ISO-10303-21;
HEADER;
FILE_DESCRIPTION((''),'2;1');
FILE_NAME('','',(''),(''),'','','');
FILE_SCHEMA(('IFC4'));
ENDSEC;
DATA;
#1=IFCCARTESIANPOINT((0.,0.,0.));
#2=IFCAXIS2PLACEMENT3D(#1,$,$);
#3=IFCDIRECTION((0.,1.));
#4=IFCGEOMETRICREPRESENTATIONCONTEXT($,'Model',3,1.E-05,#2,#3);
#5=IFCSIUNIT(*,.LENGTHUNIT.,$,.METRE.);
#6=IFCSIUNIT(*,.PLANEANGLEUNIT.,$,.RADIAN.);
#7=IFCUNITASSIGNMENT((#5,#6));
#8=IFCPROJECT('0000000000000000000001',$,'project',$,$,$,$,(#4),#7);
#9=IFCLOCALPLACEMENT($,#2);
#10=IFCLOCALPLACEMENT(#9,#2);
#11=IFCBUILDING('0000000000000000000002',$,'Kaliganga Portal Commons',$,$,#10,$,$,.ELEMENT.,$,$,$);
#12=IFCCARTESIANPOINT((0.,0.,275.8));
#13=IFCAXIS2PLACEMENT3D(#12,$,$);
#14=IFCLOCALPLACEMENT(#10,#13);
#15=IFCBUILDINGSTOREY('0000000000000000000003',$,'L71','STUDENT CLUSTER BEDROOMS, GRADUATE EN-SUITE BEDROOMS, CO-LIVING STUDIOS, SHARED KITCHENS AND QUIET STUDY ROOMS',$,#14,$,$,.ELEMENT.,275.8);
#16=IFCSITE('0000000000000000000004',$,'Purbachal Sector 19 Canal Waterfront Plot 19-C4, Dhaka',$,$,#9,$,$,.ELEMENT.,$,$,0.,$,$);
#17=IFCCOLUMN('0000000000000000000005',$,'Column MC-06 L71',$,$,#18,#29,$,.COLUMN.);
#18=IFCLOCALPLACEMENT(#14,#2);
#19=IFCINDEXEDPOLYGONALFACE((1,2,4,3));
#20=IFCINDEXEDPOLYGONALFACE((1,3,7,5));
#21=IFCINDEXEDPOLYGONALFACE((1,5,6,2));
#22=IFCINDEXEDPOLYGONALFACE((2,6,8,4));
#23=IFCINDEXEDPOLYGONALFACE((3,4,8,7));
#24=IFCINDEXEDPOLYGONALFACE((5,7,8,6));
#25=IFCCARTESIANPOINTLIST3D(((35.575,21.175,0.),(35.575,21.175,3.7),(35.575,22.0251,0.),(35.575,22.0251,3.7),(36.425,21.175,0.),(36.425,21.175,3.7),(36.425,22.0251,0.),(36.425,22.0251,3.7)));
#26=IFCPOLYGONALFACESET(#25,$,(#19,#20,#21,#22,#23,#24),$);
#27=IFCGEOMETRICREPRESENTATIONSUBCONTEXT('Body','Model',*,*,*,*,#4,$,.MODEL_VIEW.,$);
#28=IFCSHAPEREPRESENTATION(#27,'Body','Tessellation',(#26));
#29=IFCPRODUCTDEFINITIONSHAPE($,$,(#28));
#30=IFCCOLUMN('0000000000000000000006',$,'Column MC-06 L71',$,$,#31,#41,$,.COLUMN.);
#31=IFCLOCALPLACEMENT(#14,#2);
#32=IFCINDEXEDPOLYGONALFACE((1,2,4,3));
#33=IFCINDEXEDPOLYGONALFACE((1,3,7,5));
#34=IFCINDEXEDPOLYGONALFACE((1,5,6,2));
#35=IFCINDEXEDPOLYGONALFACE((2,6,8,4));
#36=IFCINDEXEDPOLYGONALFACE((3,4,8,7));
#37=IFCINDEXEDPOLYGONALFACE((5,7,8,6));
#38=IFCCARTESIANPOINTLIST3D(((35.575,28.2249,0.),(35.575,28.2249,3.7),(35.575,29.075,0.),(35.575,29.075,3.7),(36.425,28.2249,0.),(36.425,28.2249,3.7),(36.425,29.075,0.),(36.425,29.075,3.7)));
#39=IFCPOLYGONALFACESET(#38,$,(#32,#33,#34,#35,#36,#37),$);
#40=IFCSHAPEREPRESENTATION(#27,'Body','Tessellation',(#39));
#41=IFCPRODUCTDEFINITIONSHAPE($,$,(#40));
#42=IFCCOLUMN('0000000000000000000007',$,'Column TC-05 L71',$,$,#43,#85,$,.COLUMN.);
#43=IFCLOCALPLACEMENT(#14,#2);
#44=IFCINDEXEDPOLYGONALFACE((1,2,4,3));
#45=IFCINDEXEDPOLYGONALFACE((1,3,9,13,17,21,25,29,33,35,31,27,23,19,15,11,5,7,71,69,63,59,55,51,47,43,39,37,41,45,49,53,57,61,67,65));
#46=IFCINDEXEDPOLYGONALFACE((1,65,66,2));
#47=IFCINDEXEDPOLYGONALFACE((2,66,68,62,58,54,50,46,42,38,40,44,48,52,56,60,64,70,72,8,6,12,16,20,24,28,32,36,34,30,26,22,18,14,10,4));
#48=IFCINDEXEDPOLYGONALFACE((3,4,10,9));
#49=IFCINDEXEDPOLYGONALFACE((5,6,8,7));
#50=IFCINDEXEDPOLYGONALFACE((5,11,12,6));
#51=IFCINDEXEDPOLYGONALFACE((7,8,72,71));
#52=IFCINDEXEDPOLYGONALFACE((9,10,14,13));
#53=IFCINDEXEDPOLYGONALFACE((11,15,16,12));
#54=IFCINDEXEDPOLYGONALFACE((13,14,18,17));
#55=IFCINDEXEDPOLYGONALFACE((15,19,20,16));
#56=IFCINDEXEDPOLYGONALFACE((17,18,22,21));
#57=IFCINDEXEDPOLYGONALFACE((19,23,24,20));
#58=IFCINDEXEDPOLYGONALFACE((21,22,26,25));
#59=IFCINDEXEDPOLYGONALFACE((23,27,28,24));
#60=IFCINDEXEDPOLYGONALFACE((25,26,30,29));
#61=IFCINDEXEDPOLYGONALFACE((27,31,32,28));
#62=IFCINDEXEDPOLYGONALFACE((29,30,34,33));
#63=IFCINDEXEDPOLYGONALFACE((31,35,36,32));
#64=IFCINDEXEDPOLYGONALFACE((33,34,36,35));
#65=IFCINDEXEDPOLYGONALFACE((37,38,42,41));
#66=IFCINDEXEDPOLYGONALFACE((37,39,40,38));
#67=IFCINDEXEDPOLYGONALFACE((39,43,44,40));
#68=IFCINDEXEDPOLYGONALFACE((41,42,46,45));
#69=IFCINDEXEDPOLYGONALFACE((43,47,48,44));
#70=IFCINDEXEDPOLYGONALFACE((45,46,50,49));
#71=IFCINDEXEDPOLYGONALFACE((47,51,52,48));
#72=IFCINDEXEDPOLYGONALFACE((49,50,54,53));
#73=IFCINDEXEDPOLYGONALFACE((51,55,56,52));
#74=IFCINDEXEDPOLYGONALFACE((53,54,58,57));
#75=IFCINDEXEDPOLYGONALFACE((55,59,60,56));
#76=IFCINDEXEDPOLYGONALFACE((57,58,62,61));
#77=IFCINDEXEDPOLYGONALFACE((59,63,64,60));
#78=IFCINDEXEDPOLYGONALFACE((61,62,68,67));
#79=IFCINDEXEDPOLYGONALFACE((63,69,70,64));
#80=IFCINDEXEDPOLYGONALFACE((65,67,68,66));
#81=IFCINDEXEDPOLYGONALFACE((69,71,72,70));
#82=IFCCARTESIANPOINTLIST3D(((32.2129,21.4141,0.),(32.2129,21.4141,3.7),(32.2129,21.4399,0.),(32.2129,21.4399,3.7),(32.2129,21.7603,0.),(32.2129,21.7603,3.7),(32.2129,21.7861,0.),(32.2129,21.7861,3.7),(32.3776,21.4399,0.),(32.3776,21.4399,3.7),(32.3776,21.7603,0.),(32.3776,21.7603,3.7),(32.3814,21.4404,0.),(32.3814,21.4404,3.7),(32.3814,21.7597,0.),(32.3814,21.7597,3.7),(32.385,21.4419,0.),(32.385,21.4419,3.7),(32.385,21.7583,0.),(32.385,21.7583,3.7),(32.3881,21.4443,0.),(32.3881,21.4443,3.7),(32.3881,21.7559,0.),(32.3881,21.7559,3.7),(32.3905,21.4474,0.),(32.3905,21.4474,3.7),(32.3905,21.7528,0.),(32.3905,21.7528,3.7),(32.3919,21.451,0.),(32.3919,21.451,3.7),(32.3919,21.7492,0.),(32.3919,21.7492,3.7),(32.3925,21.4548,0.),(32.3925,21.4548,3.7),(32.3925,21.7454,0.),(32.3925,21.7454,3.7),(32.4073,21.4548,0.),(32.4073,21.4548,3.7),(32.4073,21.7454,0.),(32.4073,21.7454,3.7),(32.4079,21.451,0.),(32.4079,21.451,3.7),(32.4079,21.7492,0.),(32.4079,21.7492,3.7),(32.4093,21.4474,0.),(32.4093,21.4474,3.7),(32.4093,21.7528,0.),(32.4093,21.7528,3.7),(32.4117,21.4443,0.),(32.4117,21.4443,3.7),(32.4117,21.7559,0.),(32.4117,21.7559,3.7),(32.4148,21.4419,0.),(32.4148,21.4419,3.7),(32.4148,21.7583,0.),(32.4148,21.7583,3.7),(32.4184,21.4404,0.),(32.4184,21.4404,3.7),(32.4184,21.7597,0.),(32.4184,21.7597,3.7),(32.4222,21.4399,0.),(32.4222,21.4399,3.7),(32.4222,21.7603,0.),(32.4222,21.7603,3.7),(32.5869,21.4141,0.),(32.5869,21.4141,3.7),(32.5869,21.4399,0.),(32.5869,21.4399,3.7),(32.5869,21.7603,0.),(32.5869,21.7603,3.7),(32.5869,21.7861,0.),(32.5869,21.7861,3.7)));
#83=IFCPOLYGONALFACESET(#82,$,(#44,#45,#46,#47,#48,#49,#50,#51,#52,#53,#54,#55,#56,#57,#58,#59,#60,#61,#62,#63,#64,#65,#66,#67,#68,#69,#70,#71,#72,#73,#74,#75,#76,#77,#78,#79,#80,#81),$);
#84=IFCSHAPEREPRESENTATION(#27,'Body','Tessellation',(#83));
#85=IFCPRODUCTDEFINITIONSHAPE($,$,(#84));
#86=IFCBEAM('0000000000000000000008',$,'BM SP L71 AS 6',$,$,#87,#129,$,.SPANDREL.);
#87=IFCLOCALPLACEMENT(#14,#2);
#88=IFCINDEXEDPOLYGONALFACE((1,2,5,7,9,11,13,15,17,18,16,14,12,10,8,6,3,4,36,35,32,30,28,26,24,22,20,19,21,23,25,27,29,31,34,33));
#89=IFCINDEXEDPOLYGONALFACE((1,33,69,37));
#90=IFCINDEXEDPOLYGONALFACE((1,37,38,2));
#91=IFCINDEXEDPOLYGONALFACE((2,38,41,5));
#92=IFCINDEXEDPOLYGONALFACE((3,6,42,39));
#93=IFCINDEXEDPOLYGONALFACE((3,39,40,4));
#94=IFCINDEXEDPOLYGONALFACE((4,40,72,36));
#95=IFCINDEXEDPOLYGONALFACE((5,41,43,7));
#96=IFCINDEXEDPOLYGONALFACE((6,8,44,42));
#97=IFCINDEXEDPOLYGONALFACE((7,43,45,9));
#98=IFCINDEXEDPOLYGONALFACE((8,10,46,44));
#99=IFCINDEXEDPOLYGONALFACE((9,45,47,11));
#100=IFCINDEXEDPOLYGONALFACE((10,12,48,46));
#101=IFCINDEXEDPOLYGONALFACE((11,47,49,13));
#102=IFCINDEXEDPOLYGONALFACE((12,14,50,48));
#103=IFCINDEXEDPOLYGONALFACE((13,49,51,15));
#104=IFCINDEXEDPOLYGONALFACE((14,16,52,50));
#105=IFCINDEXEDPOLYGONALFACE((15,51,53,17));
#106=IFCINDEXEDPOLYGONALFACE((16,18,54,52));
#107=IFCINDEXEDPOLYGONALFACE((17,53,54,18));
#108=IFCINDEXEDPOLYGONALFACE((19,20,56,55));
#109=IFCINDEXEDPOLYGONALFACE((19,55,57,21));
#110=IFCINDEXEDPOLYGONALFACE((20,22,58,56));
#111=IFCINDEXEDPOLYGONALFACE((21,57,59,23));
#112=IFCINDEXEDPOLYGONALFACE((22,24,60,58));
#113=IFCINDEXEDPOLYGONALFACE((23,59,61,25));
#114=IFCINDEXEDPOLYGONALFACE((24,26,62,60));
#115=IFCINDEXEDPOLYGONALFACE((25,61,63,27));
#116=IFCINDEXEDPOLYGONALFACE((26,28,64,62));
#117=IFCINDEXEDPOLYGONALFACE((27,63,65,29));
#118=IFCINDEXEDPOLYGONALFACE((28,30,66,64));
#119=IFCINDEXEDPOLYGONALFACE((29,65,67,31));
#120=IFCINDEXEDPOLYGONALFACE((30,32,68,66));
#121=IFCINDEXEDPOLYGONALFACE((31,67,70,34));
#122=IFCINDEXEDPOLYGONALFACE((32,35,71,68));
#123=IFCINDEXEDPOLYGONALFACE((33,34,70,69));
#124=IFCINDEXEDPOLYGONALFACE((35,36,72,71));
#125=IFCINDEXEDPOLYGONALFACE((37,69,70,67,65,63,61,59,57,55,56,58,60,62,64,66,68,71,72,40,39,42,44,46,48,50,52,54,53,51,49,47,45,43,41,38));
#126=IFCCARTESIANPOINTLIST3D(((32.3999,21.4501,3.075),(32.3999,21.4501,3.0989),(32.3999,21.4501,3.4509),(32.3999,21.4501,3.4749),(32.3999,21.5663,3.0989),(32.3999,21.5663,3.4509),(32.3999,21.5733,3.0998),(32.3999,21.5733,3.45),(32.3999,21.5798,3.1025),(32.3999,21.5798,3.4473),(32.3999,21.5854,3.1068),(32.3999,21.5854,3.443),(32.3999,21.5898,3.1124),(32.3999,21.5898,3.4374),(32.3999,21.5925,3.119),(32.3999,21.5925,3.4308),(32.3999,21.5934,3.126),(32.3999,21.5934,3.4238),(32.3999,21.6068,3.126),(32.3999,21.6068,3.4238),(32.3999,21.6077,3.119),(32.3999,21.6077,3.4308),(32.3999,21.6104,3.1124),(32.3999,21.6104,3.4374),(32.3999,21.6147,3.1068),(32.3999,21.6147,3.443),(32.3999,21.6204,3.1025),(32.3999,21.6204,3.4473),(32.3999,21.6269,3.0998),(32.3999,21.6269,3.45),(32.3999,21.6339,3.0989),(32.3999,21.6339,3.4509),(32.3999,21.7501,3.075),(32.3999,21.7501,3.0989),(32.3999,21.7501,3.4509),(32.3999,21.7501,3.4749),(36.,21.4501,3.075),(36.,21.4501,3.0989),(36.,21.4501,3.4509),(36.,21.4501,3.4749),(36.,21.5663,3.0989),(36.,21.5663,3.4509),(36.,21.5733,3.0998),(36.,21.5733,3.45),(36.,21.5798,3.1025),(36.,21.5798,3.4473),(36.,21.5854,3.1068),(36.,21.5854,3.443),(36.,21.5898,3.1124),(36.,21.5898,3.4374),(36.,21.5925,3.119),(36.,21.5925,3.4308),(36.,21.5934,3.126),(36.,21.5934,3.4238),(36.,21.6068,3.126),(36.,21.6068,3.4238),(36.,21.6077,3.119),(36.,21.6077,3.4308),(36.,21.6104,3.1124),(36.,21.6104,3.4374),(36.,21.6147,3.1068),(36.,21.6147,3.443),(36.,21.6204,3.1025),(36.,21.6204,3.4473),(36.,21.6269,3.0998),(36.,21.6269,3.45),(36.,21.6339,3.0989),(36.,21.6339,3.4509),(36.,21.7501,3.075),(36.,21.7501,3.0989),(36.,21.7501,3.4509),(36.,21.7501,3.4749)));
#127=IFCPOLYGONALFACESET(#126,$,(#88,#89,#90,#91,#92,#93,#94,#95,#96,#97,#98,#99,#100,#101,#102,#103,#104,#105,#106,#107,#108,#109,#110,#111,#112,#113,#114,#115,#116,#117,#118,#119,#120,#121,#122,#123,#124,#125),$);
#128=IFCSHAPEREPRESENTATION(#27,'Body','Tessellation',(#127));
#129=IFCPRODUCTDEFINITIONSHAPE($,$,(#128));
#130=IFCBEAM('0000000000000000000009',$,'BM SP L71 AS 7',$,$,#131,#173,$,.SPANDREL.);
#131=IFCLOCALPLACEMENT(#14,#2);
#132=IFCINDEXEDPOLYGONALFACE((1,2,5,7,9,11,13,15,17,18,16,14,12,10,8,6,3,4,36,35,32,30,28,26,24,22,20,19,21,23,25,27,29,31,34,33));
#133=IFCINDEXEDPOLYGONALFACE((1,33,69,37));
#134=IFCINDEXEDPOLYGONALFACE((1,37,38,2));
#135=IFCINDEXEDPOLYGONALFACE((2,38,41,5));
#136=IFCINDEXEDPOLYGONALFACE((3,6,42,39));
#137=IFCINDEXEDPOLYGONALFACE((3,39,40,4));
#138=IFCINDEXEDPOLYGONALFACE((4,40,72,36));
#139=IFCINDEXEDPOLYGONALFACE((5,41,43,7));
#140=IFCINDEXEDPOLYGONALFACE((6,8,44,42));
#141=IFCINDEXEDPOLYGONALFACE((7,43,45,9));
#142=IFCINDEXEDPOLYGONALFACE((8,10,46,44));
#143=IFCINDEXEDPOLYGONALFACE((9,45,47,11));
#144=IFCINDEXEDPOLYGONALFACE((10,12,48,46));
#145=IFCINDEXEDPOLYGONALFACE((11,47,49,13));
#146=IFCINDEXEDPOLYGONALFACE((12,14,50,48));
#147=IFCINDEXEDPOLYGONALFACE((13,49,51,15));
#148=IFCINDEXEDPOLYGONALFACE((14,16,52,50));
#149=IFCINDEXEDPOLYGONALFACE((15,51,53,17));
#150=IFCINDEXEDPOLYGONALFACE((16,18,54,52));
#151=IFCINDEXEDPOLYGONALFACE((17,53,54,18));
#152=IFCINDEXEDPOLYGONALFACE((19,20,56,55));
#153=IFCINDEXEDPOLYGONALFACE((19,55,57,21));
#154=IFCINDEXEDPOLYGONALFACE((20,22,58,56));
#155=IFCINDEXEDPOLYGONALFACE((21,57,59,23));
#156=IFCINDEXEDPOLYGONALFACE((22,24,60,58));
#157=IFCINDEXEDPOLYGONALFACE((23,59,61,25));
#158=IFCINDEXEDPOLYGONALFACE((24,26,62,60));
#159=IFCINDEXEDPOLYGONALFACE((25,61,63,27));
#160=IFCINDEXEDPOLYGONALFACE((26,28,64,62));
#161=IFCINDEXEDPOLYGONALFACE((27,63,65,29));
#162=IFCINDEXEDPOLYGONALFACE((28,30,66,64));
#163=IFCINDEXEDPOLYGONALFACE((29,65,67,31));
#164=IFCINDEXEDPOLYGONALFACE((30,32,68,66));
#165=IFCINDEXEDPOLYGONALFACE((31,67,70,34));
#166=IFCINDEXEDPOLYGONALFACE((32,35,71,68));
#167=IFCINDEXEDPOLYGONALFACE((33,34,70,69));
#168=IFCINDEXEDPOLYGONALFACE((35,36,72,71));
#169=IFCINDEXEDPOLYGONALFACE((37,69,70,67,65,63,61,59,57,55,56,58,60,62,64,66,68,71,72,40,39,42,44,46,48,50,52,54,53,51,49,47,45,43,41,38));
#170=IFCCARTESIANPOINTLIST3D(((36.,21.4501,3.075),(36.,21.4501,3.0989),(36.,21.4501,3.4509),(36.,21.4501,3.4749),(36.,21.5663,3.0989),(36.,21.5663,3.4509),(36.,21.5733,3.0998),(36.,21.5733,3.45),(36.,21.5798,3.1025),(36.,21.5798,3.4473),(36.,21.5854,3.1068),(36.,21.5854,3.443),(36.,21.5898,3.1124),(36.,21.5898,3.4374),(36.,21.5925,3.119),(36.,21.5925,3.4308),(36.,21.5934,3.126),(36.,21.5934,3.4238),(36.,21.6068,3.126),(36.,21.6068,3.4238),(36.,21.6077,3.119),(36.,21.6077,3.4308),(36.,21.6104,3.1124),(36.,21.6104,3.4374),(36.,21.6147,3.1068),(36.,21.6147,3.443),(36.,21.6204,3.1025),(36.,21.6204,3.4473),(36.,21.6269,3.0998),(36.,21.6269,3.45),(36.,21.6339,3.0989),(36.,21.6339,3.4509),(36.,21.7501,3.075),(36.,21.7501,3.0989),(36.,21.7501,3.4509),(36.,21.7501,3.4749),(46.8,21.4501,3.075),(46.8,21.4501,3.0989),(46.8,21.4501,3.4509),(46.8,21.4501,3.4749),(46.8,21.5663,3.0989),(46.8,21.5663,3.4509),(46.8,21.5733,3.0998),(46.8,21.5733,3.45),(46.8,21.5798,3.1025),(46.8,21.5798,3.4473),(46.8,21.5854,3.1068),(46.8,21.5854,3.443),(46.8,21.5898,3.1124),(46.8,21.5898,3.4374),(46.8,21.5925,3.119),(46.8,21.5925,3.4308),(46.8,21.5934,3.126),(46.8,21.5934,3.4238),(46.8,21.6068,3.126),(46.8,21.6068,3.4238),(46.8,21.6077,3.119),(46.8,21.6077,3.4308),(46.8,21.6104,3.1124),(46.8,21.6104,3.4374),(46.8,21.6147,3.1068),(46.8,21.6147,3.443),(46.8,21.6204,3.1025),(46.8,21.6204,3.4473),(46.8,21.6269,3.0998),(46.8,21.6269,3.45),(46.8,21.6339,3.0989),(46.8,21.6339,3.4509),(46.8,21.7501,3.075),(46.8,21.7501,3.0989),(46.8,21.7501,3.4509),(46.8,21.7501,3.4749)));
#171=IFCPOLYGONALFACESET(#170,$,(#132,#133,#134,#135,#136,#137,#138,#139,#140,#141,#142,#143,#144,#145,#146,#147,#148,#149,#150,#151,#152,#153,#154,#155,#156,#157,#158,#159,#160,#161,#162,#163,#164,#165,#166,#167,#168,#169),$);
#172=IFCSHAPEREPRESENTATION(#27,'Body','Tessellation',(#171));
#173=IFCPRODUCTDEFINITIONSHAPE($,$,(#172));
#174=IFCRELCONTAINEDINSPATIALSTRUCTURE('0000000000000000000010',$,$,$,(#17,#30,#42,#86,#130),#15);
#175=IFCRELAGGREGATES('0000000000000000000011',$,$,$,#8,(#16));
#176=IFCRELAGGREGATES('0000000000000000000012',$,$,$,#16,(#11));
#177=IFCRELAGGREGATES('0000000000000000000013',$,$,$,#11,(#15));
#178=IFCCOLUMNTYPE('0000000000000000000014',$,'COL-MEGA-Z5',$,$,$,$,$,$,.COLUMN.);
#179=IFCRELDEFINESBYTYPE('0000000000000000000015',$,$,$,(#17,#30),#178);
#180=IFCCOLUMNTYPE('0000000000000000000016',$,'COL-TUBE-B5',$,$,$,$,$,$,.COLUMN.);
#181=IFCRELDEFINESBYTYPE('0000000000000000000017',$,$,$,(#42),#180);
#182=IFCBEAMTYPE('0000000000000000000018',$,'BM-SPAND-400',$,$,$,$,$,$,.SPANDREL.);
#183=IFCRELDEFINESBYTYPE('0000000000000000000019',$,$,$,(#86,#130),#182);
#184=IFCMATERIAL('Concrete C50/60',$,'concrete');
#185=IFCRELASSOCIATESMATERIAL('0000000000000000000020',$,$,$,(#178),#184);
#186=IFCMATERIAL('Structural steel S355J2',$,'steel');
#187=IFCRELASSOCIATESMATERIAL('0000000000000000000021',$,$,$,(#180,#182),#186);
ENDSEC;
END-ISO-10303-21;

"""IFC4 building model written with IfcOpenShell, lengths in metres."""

from ifc_helpers import new_model, si_unit, direction, frame, origin, origin_2d, place, context, subcontext, project, spatial, rectangle, i_section, extrude, source, transform, mapped, material, material_profile, profile_set, type_object, element, save


model = new_model("IFC4")

# Units and contexts
model_context = context("Model", 3, precision=1e-05, world=origin(), true_north=direction((0.0, 1.0)))
body_context = subcontext(model_context, "Body", "Model", "MODEL_VIEW")
ifc_project = project(units=[si_unit("LENGTHUNIT", "METRE"), si_unit("PLANEANGLEUNIT", "RADIAN")], contexts=[model_context])

# Site, building, storey
site_placement = place(None, origin())
site = spatial("IfcSite", under=ifc_project, at=site_placement, Name="Purbachal Sector 19 Canal Waterfront Plot 19-C4, Dhaka", CompositionType="ELEMENT", RefElevation=0.0)
building_placement = place(site_placement, origin())
building = spatial("IfcBuilding", under=site, at=building_placement, Name="Kaliganga Portal Commons", CompositionType="ELEMENT")
storey_placement = place(building_placement, frame((0.0, 0.0, 275.8)))
storey = spatial("IfcBuildingStorey", under=building, at=storey_placement, Name="L71", Description="STUDENT CLUSTER BEDROOMS, GRADUATE EN-SUITE BEDROOMS, CO-LIVING STUDIOS, SHARED KITCHENS AND QUIET STUDY ROOMS", CompositionType="ELEMENT", Elevation=275.8)

# Columns
ifc_material_1 = material(Name="Concrete C50/60", Category="concrete")
ifc_material_profile_1 = material_profile(ifc_material_1, rectangle(XDim=0.8501, YDim=0.8501, at=origin_2d()), Name="RC 850x850")
ifc_profile_set_1 = profile_set([ifc_material_profile_1], Name="Concrete C50/60")
column_type_1 = type_object("IfcColumnType", Name="COL-MEGA-Z5", PredefinedType="COLUMN", material=ifc_profile_set_1)
shared_shape_1 = source(origin(), body_context, "Body", "SweptSolid", [
    extrude(rectangle(XDim=0.8501, YDim=0.8501, at=origin_2d()), origin(), (0.0, 0.0, 1.0), 3.7),
])
for number, where, z_axis, x_axis, name in (
    (1, (36.0, 21.6001, 0.0), (0.0, 0.0, 1.0), (1.0, 0.0, 0.0), "Column MC-06 L71"),
    (2, (36.0, 28.6499, 0.0), (0.0, 0.0, 1.0), (1.0, 0.0, 0.0), "Column MC-06 L71"),
):
    element("IfcColumn", number, at=place(storey_placement, frame(where, z_axis=z_axis, x_axis=x_axis)), inside=storey, type_object=column_type_1, Name=name, PredefinedType="COLUMN", context=body_context, shape_type="MappedRepresentation", body=[
        mapped(shared_shape_1, transform((0.0, 0.0, 0.0), x_axis=(1.0, 0.0, 0.0), y_axis=(0.0, 1.0, 0.0), z_axis=(0.0, 0.0, 1.0), scale=1.0)),
    ])
ifc_material_2 = material(Name="Structural steel S355J2", Category="steel")
ifc_material_profile_2 = material_profile(ifc_material_2, i_section(OverallWidth=0.374, OverallDepth=0.3721, WebThickness=0.0149, FlangeThickness=0.0259, FilletRadius=0.0149, at=origin_2d()), Name="HD 360x196")
ifc_profile_set_2 = profile_set([ifc_material_profile_2], Name="Structural steel S355J2 wide-flange")
column_type_2 = type_object("IfcColumnType", Name="COL-TUBE-B5", PredefinedType="COLUMN", material=ifc_profile_set_2)
shared_shape_2 = source(origin(), body_context, "Body", "SweptSolid", [
    extrude(i_section(OverallWidth=0.374, OverallDepth=0.3721, WebThickness=0.0149, FlangeThickness=0.0259, FilletRadius=0.0149, at=origin_2d()), origin(), (0.0, 0.0, 1.0), 3.7),
])
column_placement = place(storey_placement, frame((32.3999, 21.6001, 0.0), z_axis=(0.0, 0.0, 1.0), x_axis=(1.0, 0.0, 0.0)))
element("IfcColumn", 3, at=column_placement, inside=storey, type_object=column_type_2, Name="Column TC-05 L71", PredefinedType="COLUMN", context=body_context, shape_type="MappedRepresentation", body=[
    mapped(shared_shape_2, transform((0.0, 0.0, 0.0), x_axis=(1.0, 0.0, 0.0), y_axis=(0.0, 1.0, 0.0), z_axis=(0.0, 0.0, 1.0), scale=1.0)),
])

# Beams
ifc_material_profile_3 = material_profile(ifc_material_2, i_section(OverallWidth=0.3, OverallDepth=0.3999, WebThickness=0.0134, FlangeThickness=0.0239, FilletRadius=0.0271, at=origin_2d()), Name="HE 400 B")
ifc_profile_set_3 = profile_set([ifc_material_profile_3], Name="Structural steel S355J2 wide-flange")
beam_type_1 = type_object("IfcBeamType", Name="BM-SPAND-400", PredefinedType="SPANDREL", material=ifc_profile_set_3)
shared_shape_3 = source(origin(), body_context, "Body", "SweptSolid", [
    extrude(i_section(OverallWidth=0.3, OverallDepth=0.3999, WebThickness=0.0134, FlangeThickness=0.0239, FilletRadius=0.0271, at=origin_2d()), origin(), (0.0, 0.0, 1.0), 3.6001),
])
beam_1_placement = place(storey_placement, frame((32.3999, 21.6001, 3.2749), z_axis=(1.0, 0.0, 0.0), x_axis=(0.0, 1.0, 0.0)))
element("IfcBeam", 4, at=beam_1_placement, inside=storey, type_object=beam_type_1, Name="BM SP L71 AS 6", PredefinedType="SPANDREL", context=body_context, shape_type="MappedRepresentation", body=[
    mapped(shared_shape_3, transform((0.0, 0.0, 0.0), x_axis=(1.0, 0.0, 0.0), y_axis=(0.0, 1.0, 0.0), z_axis=(0.0, 0.0, 1.0), scale=1.0)),
])
shared_shape_4 = source(origin(), body_context, "Body", "SweptSolid", [
    extrude(i_section(OverallWidth=0.3, OverallDepth=0.3999, WebThickness=0.0134, FlangeThickness=0.0239, FilletRadius=0.0271, at=origin_2d()), origin(), (0.0, 0.0, 1.0), 10.8),
])
beam_2_placement = place(storey_placement, frame((36.0, 21.6001, 3.2749), z_axis=(1.0, 0.0, 0.0), x_axis=(0.0, 1.0, 0.0)))
element("IfcBeam", 5, at=beam_2_placement, inside=storey, type_object=beam_type_1, Name="BM SP L71 AS 7", PredefinedType="SPANDREL", context=body_context, shape_type="MappedRepresentation", body=[
    mapped(shared_shape_4, transform((0.0, 0.0, 0.0), x_axis=(1.0, 0.0, 0.0), y_axis=(0.0, 1.0, 0.0), z_axis=(0.0, 0.0, 1.0), scale=1.0)),
])

save(model, "model.ifc")
